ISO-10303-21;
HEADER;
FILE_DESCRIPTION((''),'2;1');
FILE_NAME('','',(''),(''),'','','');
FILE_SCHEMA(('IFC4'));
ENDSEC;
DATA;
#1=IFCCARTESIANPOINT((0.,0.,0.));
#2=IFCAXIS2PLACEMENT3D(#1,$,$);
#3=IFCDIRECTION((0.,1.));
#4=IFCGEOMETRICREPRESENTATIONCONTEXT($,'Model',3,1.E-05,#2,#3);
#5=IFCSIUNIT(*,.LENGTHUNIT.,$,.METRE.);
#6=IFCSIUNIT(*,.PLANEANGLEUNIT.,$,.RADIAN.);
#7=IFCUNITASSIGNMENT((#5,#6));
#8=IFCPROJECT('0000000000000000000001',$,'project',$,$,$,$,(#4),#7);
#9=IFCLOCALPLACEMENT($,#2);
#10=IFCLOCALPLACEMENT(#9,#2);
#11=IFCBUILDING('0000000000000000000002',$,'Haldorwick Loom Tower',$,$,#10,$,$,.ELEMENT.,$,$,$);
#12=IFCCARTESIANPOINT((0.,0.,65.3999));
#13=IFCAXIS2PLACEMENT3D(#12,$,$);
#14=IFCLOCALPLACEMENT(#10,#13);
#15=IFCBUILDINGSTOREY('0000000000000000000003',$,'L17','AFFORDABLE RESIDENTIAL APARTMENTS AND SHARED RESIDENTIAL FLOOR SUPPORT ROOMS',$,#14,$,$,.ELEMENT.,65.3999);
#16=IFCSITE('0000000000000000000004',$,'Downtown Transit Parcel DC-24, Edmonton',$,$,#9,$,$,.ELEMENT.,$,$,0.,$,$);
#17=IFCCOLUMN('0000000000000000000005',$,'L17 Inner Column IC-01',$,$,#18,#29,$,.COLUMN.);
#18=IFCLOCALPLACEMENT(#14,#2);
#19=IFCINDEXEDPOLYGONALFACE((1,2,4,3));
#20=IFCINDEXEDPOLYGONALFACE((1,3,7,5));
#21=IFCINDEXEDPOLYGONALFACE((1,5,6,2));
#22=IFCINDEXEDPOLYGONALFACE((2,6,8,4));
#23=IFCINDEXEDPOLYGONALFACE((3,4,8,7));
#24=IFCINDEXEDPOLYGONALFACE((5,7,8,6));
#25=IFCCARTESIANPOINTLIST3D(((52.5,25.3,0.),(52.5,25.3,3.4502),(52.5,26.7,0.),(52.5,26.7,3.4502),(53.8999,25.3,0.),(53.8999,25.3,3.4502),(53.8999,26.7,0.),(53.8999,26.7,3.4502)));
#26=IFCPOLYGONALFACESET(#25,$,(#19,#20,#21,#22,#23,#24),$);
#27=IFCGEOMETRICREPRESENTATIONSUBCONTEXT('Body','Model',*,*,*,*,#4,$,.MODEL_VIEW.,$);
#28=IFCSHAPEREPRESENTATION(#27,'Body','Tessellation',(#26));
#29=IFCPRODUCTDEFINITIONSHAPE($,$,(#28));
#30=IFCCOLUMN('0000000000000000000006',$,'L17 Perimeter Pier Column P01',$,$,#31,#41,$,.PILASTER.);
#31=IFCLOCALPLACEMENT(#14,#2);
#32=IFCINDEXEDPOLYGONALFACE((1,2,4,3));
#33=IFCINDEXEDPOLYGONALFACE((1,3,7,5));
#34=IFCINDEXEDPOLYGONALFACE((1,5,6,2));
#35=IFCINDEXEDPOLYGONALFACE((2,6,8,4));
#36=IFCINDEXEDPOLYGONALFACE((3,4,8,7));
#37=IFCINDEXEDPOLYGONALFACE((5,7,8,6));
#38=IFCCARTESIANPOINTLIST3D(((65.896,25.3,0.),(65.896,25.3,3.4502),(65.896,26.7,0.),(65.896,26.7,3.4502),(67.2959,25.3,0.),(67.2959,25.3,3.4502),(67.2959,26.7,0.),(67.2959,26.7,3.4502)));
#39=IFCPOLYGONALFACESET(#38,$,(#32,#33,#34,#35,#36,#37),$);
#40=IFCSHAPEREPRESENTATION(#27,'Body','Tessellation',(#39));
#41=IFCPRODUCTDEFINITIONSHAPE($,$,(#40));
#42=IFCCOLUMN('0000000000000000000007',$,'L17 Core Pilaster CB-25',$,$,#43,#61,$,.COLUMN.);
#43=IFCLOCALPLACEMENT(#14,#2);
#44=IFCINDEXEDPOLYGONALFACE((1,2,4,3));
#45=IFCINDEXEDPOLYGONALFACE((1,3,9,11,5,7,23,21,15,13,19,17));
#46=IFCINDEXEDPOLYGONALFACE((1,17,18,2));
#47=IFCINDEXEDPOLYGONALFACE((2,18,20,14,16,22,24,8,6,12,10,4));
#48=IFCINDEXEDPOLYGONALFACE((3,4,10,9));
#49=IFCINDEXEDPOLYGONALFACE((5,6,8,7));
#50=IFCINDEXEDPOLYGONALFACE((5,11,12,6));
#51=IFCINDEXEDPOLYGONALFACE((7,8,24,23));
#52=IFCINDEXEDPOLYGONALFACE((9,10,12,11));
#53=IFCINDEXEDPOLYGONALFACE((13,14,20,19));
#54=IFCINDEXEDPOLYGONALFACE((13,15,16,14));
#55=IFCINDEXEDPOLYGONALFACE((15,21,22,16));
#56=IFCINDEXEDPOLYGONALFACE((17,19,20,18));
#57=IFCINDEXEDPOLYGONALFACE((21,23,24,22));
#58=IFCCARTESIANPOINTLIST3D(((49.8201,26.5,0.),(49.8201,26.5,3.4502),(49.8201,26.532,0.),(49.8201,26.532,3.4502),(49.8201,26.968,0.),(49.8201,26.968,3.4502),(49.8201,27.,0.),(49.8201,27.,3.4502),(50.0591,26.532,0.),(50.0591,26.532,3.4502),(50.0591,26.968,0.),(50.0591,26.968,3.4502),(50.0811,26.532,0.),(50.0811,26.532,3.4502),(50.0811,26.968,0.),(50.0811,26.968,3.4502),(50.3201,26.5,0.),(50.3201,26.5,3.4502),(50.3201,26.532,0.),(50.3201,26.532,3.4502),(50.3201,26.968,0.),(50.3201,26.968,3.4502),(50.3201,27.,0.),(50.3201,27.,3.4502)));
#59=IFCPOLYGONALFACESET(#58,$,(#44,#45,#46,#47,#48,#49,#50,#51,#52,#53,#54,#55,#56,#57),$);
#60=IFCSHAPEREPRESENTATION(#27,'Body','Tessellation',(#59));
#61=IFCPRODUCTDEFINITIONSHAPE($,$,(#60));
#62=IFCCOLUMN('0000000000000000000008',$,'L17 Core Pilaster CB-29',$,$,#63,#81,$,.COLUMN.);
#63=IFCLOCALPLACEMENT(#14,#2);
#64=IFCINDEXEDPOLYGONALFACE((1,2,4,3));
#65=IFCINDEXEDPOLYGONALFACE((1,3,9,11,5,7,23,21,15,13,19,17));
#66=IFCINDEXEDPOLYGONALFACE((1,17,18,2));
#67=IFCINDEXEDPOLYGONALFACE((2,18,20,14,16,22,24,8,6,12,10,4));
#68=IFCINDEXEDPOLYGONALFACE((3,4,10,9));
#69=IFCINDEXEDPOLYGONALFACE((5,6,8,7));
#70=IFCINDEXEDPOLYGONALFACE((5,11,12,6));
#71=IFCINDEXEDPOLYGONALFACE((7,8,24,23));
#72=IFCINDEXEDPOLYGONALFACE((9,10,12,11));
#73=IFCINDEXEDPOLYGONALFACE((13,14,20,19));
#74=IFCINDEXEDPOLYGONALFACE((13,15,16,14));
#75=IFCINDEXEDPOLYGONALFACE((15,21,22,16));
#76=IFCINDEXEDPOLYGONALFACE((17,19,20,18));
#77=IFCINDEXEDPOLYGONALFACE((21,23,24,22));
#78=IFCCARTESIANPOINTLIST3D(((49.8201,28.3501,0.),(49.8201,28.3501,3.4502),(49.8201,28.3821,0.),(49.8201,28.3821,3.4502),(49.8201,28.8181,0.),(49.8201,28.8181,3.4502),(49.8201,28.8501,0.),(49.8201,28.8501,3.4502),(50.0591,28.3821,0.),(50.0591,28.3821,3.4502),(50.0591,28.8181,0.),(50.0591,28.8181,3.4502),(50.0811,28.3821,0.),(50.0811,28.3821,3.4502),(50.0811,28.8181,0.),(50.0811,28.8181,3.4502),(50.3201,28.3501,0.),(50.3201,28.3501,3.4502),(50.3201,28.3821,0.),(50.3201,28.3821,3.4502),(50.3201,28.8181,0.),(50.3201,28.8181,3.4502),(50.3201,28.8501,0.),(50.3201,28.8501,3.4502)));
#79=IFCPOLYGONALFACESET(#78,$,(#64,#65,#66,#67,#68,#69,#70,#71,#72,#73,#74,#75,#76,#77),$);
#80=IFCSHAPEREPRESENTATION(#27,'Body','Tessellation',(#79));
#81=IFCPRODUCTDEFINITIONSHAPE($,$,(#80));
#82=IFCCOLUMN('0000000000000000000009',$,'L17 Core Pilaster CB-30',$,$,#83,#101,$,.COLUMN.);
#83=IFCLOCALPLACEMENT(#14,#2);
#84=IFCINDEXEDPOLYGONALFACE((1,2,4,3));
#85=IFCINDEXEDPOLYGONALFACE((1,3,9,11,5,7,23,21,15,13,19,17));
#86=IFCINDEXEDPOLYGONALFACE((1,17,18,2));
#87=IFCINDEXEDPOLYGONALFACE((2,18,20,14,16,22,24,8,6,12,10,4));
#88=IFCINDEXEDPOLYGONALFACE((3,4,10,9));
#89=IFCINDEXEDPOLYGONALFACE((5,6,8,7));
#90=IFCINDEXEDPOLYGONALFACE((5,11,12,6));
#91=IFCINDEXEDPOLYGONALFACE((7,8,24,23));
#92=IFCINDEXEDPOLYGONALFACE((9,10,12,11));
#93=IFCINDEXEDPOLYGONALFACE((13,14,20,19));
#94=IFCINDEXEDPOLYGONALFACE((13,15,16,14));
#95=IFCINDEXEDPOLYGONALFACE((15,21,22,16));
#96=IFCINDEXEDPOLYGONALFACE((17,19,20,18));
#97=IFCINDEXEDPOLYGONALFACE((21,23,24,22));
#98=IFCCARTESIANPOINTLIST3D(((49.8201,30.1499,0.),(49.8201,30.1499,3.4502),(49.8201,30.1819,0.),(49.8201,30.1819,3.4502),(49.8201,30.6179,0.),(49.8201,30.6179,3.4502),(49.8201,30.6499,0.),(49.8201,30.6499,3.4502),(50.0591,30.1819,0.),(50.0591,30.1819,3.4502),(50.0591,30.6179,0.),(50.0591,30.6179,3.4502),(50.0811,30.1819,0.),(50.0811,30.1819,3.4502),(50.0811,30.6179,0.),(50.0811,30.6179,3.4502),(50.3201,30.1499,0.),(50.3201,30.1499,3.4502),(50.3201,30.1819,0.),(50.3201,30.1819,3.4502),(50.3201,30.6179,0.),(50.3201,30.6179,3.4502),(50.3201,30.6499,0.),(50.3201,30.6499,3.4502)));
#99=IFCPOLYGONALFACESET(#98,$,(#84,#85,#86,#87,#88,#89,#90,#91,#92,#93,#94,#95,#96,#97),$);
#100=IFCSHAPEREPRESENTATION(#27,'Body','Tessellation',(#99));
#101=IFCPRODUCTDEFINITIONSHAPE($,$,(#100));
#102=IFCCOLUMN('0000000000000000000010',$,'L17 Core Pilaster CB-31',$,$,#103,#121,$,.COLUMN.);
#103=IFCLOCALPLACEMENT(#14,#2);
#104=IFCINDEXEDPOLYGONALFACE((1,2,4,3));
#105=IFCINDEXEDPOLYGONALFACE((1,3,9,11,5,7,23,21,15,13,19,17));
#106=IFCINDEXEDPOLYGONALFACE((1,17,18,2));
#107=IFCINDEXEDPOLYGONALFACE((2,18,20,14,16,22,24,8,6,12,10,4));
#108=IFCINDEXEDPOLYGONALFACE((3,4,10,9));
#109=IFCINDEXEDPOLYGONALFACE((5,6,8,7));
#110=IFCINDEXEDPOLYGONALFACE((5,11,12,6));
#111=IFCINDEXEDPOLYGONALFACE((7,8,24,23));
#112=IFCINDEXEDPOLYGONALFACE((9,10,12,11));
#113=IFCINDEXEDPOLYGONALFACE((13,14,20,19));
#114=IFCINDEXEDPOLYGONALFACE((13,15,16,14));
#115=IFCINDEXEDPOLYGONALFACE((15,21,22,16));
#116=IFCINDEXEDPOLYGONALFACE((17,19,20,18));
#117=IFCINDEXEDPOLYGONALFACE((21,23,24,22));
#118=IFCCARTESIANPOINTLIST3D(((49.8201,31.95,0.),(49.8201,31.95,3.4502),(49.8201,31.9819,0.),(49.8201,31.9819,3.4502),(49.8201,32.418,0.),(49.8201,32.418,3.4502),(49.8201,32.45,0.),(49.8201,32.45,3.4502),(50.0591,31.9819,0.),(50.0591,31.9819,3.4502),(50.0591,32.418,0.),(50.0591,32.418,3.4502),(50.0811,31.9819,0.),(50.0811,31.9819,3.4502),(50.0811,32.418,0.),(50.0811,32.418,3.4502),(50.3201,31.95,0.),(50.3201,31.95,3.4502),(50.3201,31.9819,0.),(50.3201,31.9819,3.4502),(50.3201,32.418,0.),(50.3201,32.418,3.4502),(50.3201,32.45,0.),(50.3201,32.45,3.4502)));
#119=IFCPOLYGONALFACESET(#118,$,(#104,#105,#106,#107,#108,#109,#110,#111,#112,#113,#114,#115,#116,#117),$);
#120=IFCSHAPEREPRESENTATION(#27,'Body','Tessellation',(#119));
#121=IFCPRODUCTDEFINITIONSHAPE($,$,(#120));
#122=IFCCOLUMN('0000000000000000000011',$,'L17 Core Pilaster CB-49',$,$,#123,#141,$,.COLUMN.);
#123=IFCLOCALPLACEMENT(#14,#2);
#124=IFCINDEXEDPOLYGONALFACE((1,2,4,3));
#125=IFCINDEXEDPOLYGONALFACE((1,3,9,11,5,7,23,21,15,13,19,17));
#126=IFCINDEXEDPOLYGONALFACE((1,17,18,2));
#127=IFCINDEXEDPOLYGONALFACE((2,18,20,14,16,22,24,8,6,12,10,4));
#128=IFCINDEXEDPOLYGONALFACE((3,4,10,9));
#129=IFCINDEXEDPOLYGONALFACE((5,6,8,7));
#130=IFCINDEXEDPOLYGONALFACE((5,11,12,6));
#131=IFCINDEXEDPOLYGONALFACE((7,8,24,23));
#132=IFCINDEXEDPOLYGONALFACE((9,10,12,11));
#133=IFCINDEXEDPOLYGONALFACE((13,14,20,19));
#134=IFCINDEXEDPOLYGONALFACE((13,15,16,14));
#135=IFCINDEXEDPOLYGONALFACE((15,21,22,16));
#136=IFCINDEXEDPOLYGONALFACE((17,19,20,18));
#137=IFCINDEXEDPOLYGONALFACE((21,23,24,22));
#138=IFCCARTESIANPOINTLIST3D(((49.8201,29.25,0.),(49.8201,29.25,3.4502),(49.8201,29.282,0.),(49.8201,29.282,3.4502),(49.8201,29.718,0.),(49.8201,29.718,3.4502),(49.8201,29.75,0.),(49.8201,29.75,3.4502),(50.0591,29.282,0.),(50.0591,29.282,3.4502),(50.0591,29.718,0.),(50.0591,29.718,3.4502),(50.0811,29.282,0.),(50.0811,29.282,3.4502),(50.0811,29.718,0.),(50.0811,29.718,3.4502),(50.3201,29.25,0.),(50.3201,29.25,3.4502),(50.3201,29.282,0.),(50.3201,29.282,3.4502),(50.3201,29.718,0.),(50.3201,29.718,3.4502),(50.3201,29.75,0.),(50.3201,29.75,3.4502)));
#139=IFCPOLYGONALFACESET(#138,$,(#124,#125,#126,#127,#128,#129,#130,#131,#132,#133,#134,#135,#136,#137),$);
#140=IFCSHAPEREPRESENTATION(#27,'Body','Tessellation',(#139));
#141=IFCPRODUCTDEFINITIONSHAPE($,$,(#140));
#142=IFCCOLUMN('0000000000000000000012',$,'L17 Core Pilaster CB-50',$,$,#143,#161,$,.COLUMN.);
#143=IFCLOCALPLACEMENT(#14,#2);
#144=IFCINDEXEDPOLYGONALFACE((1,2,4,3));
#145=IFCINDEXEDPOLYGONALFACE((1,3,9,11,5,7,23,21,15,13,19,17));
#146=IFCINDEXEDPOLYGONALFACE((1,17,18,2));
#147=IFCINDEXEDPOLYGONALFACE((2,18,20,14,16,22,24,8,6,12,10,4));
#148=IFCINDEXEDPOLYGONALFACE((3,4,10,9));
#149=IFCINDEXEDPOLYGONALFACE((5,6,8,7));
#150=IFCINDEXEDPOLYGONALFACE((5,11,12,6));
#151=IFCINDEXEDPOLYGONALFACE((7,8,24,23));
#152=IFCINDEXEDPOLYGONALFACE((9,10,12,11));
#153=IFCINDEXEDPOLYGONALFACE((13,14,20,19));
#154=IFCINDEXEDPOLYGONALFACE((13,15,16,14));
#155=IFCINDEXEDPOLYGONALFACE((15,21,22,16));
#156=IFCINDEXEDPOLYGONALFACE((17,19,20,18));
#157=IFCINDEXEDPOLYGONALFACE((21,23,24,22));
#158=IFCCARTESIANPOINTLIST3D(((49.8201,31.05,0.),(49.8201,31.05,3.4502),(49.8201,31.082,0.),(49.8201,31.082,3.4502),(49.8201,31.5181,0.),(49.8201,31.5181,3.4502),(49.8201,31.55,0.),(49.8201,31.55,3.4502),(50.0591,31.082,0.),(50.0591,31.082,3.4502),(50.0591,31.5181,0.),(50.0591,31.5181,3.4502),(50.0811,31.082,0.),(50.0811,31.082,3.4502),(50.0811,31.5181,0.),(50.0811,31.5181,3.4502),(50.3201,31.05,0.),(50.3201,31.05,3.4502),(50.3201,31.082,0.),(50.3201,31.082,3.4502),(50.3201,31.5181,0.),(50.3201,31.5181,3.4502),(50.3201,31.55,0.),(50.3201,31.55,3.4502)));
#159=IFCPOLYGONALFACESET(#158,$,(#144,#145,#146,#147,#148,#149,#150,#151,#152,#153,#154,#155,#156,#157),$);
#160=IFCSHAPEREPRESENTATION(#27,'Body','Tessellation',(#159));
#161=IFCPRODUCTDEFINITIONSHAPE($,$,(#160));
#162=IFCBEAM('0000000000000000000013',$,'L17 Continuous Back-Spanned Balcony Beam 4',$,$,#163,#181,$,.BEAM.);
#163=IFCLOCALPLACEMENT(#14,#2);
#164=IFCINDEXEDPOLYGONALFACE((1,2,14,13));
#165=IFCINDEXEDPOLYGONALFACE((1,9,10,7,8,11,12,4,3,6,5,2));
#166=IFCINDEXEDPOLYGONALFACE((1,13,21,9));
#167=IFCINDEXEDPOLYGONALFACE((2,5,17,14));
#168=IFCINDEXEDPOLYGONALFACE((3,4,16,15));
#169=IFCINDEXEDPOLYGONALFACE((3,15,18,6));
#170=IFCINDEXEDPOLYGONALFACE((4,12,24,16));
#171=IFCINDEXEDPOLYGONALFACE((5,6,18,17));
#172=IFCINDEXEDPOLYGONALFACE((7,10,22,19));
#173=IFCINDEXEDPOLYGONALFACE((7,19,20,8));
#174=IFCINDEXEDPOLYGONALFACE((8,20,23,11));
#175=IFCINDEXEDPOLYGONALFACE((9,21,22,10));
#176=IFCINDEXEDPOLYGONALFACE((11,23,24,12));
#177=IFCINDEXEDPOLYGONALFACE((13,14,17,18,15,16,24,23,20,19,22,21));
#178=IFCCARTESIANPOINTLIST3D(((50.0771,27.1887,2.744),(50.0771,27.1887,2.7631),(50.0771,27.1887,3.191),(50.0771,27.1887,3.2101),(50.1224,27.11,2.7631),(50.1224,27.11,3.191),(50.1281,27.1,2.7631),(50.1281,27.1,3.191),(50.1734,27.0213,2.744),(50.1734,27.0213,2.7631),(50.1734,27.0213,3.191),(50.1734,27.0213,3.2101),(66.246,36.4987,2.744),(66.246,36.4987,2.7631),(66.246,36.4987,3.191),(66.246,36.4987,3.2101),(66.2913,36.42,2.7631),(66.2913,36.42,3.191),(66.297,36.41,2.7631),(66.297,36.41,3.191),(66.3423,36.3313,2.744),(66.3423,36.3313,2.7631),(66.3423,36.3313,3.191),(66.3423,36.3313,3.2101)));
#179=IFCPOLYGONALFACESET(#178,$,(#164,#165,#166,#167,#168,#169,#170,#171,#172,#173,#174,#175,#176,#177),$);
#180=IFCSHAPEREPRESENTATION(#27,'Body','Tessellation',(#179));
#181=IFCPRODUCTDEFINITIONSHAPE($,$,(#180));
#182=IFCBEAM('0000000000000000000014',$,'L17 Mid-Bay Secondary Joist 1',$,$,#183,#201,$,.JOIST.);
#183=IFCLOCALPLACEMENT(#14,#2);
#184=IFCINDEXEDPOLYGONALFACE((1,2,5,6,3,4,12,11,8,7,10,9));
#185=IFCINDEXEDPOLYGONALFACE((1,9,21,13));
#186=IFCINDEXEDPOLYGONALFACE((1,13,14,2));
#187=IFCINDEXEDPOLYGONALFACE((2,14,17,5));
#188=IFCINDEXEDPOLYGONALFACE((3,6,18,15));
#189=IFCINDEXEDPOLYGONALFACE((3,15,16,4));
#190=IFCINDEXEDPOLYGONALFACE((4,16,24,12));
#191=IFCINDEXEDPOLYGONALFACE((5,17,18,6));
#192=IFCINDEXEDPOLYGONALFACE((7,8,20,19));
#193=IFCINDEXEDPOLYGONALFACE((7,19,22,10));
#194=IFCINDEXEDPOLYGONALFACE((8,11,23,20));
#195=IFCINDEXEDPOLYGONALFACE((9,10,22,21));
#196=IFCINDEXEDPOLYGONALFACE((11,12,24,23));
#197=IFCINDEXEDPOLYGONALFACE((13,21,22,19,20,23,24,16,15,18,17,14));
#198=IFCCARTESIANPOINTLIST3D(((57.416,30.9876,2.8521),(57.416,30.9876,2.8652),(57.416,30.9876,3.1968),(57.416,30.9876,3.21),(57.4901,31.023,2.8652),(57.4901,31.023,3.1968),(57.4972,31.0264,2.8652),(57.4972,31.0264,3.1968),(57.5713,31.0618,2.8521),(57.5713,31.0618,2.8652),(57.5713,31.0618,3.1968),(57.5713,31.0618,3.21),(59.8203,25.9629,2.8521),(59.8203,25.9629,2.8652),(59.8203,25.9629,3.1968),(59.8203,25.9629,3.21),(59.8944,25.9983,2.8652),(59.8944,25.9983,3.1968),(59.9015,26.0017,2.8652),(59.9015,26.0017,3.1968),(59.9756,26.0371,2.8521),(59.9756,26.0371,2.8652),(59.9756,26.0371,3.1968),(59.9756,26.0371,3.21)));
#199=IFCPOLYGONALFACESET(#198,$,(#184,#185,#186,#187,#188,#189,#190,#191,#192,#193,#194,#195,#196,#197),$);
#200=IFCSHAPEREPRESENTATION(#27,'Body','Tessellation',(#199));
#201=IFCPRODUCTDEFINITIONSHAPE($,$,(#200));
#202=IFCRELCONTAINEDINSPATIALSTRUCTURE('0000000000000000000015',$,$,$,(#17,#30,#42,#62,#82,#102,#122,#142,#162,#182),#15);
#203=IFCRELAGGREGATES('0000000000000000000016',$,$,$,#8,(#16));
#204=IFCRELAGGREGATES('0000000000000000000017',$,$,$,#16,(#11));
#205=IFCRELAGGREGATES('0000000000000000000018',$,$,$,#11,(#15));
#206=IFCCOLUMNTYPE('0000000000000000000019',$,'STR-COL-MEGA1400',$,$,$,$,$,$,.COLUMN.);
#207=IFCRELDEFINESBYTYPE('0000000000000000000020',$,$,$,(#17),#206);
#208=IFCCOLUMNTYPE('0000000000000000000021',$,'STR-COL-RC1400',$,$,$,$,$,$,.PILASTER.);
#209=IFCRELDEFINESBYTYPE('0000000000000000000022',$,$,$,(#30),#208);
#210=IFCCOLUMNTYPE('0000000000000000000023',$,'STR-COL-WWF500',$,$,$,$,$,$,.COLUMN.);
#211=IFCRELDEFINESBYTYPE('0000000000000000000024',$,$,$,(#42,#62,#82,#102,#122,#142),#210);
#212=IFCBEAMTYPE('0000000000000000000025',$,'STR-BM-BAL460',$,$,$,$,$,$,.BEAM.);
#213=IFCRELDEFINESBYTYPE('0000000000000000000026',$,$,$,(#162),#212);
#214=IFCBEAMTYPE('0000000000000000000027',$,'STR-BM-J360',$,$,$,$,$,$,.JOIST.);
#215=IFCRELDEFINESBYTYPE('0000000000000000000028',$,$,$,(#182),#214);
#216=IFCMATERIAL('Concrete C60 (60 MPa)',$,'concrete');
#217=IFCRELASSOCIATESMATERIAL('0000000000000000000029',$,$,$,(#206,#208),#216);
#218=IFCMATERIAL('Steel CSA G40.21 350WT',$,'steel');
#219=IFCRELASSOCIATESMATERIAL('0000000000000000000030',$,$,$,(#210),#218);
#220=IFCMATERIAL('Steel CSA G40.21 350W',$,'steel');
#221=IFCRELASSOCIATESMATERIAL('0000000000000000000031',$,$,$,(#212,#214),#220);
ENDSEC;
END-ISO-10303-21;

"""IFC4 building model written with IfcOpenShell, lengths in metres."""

from ifc_helpers import new_model, si_unit, direction, frame, origin, origin_2d, place, context, subcontext, project, spatial, rectangle, i_section, extrude, material, material_profile, profile_set, type_object, element, save


model = new_model("IFC4")

# Units and contexts
model_context = context("Model", 3, precision=1e-05, world=origin(), true_north=direction((0.0, 1.0)))
body_context = subcontext(model_context, "Body", "Model", "MODEL_VIEW")
ifc_project = project(units=[si_unit("LENGTHUNIT", "METRE"), si_unit("PLANEANGLEUNIT", "RADIAN")], contexts=[model_context])

# Site, building, storey
site_placement = place(None, origin())
site = spatial("IfcSite", under=ifc_project, at=site_placement, Name="Downtown Transit Parcel DC-24, Edmonton", CompositionType="ELEMENT", RefElevation=0.0)
building_placement = place(site_placement, origin())
building = spatial("IfcBuilding", under=site, at=building_placement, Name="Haldorwick Loom Tower", CompositionType="ELEMENT")
storey_placement = place(building_placement, frame((0.0, 0.0, 65.3999)))
storey = spatial("IfcBuildingStorey", under=building, at=storey_placement, Name="L17", Description="AFFORDABLE RESIDENTIAL APARTMENTS AND SHARED RESIDENTIAL FLOOR SUPPORT ROOMS", CompositionType="ELEMENT", Elevation=65.3999)

# Columns
ifc_material_1 = material(Name="Concrete C60 (60 MPa)", Category="concrete")
ifc_material_profile_1 = material_profile(ifc_material_1, rectangle(XDim=1.3999, YDim=1.3999, at=origin_2d()), Name="RC1400X1400", Category="concrete")
ifc_profile_set_1 = profile_set([ifc_material_profile_1], Name="Concrete C60 (60 MPa)")
column_type_1 = type_object("IfcColumnType", Name="STR-COL-MEGA1400", PredefinedType="COLUMN", material=ifc_profile_set_1)
column_1_placement = place(storey_placement, frame((53.2, 26.0, 0.0), z_axis=(0.0, 0.0, 1.0), x_axis=(1.0, 0.0, 0.0)))
element("IfcColumn", 1, at=column_1_placement, inside=storey, type_object=column_type_1, Name="L17 Inner Column IC-01", PredefinedType="COLUMN", context=body_context, shape_type="SweptSolid", body=[
    extrude(rectangle(XDim=1.3999, YDim=1.3999, at=origin_2d()), origin(), (0.0, 0.0, 1.0), 3.4502),
])
ifc_material_profile_2 = material_profile(ifc_material_1, rectangle(XDim=1.3999, YDim=1.3999, at=origin_2d()), Name="RC1400X1400", Category="concrete")
ifc_profile_set_2 = profile_set([ifc_material_profile_2], Name="Concrete C60 (60 MPa)")
column_type_2 = type_object("IfcColumnType", Name="STR-COL-RC1400", PredefinedType="PILASTER", material=ifc_profile_set_2)
column_2_placement = place(storey_placement, frame((66.5959, 26.0, 0.0), z_axis=(0.0, 0.0, 1.0), x_axis=(1.0, 0.0, 0.0)))
element("IfcColumn", 2, at=column_2_placement, inside=storey, type_object=column_type_2, Name="L17 Perimeter Pier Column P01", PredefinedType="PILASTER", context=body_context, shape_type="SweptSolid", body=[
    extrude(rectangle(XDim=1.3999, YDim=1.3999, at=origin_2d()), origin(), (0.0, 0.0, 1.0), 3.4502),
])
ifc_material_2 = material(Name="Steel CSA G40.21 350WT", Category="steel")
ifc_material_profile_3 = material_profile(ifc_material_2, i_section(OverallWidth=0.5, OverallDepth=0.5, WebThickness=0.022, FlangeThickness=0.032, at=origin_2d()), Name="WWF500X500", Category="steel")
ifc_profile_set_3 = profile_set([ifc_material_profile_3], Name="Steel CSA G40.21 350WT")
column_type_3 = type_object("IfcColumnType", Name="STR-COL-WWF500", PredefinedType="COLUMN", material=ifc_profile_set_3)
for number, where, z_axis, x_axis, name in (
    (3, (50.0701, 26.75, 0.0), (0.0, 0.0, 1.0), (1.0, 0.0, 0.0), "L17 Core Pilaster CB-25"),
    (4, (50.0701, 28.6001, 0.0), (0.0, 0.0, 1.0), (1.0, 0.0, 0.0), "L17 Core Pilaster CB-29"),
    (5, (50.0701, 30.3999, 0.0), (0.0, 0.0, 1.0), (1.0, 0.0, 0.0), "L17 Core Pilaster CB-30"),
    (6, (50.0701, 32.2, 0.0), (0.0, 0.0, 1.0), (1.0, 0.0, 0.0), "L17 Core Pilaster CB-31"),
    (7, (50.0701, 29.5, 0.0), (0.0, 0.0, 1.0), (1.0, 0.0, 0.0), "L17 Core Pilaster CB-49"),
    (8, (50.0701, 31.3, 0.0), (0.0, 0.0, 1.0), (1.0, 0.0, 0.0), "L17 Core Pilaster CB-50"),
):
    element("IfcColumn", number, at=place(storey_placement, frame(where, z_axis=z_axis, x_axis=x_axis)), inside=storey, type_object=column_type_3, Name=name, PredefinedType="COLUMN", context=body_context, shape_type="SweptSolid", body=[
        extrude(i_section(OverallWidth=0.5, OverallDepth=0.5, WebThickness=0.022, FlangeThickness=0.032, at=origin_2d()), origin(), (0.0, 0.0, 1.0), 3.4502),
    ])

# Beams
ifc_material_3 = material(Name="Steel CSA G40.21 350W", Category="steel")
ifc_material_profile_4 = material_profile(ifc_material_3, i_section(OverallWidth=0.1931, OverallDepth=0.4661, WebThickness=0.0115, FlangeThickness=0.019, at=origin_2d()), Name="W460X97", Category="steel")
ifc_profile_set_4 = profile_set([ifc_material_profile_4], Name="Steel CSA G40.21 350W")
beam_type_1 = type_object("IfcBeamType", Name="STR-BM-BAL460", PredefinedType="BEAM", material=ifc_profile_set_4)
beam_1_placement = place(storey_placement, frame((50.1252, 27.105, 2.9771), z_axis=(0.866607, 0.498991, 0.0), x_axis=(-0.498991, 0.866607, 0.0)))
element("IfcBeam", 9, at=beam_1_placement, inside=storey, type_object=beam_type_1, Name="L17 Continuous Back-Spanned Balcony Beam 4", PredefinedType="BEAM", context=body_context, shape_type="SweptSolid", body=[
    extrude(i_section(OverallWidth=0.1931, OverallDepth=0.4661, WebThickness=0.0115, FlangeThickness=0.019, at=origin_2d()), origin(), (0.0, 0.0, 1.0), 18.6577),
])
ifc_material_profile_5 = material_profile(ifc_material_3, i_section(OverallWidth=0.1721, OverallDepth=0.3579, WebThickness=0.0078, FlangeThickness=0.0132, at=origin_2d()), Name="W360X57", Category="steel")
ifc_profile_set_5 = profile_set([ifc_material_profile_5], Name="Steel CSA G40.21 350W")
beam_type_2 = type_object("IfcBeamType", Name="STR-BM-J360", PredefinedType="JOIST", material=ifc_profile_set_5)
beam_2_placement = place(storey_placement, frame((59.8979, 26.0, 3.031), z_axis=(-0.431631, 0.90205, 0.0), x_axis=(-0.90205, -0.431631, 0.0)))
element("IfcBeam", 10, at=beam_2_placement, inside=storey, type_object=beam_type_2, Name="L17 Mid-Bay Secondary Joist 1", PredefinedType="JOIST", context=body_context, shape_type="SweptSolid", body=[
    extrude(i_section(OverallWidth=0.1721, OverallDepth=0.3579, WebThickness=0.0078, FlangeThickness=0.0132, at=origin_2d()), origin(), (0.0, 0.0, 1.0), 5.5703),
])

save(model, "model.ifc")
